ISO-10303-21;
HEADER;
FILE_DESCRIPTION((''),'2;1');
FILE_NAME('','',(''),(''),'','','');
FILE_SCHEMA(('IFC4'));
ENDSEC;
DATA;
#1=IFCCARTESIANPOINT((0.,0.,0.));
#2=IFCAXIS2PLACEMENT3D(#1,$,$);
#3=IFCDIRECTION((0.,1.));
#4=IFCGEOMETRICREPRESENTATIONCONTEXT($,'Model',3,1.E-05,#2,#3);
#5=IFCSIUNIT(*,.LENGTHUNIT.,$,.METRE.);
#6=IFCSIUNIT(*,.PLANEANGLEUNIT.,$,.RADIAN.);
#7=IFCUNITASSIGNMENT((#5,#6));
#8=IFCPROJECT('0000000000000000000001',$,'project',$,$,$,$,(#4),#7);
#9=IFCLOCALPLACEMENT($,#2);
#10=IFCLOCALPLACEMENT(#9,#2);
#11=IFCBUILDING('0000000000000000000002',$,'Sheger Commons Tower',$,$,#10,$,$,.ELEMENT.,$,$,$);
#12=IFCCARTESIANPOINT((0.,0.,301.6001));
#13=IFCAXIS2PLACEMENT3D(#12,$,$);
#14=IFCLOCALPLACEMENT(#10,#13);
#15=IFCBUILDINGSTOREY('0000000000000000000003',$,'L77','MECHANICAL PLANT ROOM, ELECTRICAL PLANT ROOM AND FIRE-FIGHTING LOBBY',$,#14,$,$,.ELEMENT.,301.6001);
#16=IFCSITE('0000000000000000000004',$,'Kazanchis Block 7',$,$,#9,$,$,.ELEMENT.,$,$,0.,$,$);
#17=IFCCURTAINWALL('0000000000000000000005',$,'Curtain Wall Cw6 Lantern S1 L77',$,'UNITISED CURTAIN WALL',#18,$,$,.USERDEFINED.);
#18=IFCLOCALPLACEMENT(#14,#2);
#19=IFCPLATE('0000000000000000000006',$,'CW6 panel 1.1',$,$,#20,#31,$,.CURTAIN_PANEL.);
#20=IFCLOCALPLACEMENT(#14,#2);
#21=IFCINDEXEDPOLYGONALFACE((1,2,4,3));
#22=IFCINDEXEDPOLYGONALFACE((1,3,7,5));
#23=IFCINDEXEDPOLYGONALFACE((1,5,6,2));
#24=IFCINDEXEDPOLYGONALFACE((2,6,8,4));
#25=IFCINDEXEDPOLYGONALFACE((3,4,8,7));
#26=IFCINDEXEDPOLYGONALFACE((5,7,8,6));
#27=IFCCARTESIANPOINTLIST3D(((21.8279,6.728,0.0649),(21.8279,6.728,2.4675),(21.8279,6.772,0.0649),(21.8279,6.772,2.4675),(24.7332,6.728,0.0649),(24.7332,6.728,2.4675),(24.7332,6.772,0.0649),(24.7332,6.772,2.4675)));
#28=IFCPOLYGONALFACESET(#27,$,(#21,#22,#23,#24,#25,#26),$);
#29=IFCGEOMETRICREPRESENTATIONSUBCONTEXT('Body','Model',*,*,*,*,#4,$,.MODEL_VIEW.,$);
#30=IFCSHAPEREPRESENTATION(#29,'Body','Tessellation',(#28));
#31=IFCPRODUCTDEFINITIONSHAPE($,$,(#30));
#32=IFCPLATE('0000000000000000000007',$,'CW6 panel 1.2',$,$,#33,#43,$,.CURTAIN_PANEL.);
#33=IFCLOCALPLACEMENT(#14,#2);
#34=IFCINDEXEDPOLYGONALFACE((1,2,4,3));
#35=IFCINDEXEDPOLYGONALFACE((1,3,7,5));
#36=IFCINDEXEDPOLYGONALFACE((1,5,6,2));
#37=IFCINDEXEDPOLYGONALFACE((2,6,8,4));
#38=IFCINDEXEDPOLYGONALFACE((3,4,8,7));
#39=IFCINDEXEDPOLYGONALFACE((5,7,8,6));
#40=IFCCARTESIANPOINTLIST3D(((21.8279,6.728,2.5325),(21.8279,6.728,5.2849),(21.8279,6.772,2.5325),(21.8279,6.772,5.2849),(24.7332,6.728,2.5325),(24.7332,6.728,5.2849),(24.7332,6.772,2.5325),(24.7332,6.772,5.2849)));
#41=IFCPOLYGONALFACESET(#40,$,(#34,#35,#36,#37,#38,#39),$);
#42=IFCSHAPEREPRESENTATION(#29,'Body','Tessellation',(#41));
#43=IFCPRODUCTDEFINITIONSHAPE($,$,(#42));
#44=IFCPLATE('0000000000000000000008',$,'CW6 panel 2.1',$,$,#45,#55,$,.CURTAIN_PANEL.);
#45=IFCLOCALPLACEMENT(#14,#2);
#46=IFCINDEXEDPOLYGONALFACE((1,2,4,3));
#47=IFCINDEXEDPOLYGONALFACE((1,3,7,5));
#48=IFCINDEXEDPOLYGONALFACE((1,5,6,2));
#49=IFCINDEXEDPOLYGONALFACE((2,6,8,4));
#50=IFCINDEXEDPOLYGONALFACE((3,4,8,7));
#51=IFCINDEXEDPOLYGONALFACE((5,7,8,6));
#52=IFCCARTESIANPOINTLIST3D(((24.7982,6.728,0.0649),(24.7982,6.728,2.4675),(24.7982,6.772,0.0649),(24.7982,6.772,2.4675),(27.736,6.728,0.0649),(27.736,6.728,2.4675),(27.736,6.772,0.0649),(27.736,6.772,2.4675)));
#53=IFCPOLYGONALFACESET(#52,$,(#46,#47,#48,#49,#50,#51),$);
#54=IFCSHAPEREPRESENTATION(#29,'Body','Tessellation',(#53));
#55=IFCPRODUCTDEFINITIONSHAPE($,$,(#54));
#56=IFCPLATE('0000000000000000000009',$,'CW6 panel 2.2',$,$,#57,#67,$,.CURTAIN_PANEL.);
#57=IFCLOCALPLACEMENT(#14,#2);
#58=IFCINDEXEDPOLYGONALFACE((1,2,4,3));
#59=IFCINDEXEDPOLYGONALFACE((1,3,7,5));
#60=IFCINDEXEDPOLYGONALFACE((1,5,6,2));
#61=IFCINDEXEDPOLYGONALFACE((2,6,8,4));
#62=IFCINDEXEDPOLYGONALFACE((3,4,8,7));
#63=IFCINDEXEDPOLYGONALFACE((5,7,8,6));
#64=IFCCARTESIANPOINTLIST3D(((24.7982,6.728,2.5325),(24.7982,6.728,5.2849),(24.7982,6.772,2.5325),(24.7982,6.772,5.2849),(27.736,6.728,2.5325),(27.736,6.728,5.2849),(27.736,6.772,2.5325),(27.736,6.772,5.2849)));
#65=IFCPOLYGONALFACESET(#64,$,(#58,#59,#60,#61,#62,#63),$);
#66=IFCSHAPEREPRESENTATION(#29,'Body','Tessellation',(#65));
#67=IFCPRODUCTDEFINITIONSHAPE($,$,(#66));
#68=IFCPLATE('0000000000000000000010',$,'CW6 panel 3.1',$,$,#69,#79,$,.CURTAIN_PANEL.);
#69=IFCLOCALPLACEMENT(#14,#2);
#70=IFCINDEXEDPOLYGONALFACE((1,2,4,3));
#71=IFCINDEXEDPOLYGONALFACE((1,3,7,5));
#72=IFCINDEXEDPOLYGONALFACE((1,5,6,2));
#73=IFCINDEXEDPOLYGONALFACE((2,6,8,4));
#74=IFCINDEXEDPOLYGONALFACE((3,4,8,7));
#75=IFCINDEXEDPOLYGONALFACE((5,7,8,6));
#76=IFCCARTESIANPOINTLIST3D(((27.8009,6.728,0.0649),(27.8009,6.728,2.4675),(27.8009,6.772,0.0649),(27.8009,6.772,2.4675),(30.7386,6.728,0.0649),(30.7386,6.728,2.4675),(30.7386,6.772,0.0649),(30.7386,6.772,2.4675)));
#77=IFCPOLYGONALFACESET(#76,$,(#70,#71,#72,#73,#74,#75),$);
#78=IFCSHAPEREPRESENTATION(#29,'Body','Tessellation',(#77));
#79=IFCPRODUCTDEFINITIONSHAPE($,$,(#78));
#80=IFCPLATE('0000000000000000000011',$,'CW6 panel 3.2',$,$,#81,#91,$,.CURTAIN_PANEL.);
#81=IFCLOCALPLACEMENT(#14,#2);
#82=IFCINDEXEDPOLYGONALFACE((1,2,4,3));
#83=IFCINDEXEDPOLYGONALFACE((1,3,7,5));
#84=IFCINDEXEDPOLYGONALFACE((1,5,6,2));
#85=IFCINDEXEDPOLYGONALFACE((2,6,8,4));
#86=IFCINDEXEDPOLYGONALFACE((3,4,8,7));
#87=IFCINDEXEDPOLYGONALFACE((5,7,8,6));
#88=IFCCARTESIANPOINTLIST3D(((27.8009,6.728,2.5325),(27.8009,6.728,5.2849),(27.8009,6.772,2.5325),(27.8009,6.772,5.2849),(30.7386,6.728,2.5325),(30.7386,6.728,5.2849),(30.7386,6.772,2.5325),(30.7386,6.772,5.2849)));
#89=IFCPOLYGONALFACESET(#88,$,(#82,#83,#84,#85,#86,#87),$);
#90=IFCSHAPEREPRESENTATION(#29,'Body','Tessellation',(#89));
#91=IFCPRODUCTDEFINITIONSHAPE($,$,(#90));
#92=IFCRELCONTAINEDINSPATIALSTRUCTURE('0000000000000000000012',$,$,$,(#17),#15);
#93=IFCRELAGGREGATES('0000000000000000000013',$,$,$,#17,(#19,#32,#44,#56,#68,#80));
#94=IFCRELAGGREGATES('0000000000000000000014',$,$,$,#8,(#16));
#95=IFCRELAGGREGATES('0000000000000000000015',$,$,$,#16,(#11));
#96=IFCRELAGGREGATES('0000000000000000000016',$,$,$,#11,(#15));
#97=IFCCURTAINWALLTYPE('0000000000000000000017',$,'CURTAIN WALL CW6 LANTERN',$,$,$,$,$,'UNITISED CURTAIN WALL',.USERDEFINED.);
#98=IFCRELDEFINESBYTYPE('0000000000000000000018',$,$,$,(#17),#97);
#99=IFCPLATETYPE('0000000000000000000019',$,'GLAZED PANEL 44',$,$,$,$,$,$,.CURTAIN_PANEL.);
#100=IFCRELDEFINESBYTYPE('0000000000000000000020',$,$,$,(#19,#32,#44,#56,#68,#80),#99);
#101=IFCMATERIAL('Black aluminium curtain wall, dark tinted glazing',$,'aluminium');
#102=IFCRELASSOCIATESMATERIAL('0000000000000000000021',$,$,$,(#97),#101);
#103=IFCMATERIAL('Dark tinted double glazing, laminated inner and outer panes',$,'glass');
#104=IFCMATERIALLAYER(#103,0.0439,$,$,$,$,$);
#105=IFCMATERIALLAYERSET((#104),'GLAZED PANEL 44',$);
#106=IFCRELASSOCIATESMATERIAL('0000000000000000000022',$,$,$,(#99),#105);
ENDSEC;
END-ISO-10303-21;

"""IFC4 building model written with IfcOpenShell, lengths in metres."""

from ifc_helpers import new_model, si_unit, direction, frame, origin, origin_2d, place, context, subcontext, project, spatial, rectangle, extrude, material, layer, layer_set, type_object, element, aggregate, save


model = new_model("IFC4")

# Units and contexts
model_context = context("Model", 3, precision=1e-05, world=origin(), true_north=direction((0.0, 1.0)))
body_context = subcontext(model_context, "Body", "Model", "MODEL_VIEW")
ifc_project = project(units=[si_unit("LENGTHUNIT", "METRE"), si_unit("PLANEANGLEUNIT", "RADIAN")], contexts=[model_context])

# Site, building, storey
site_placement = place(None, origin())
site = spatial("IfcSite", under=ifc_project, at=site_placement, Name="Kazanchis Block 7", CompositionType="ELEMENT", RefElevation=0.0)
building_placement = place(site_placement, origin())
building = spatial("IfcBuilding", under=site, at=building_placement, Name="Sheger Commons Tower", CompositionType="ELEMENT")
storey_placement = place(building_placement, frame((0.0, 0.0, 301.6001)))
storey = spatial("IfcBuildingStorey", under=building, at=storey_placement, Name="L77", Description="MECHANICAL PLANT ROOM, ELECTRICAL PLANT ROOM AND FIRE-FIGHTING LOBBY", CompositionType="ELEMENT", Elevation=301.6001)

# Curtain wall, plates
ifc_material_1 = material(Name="Black aluminium curtain wall, dark tinted glazing", Category="aluminium")
curtain_wall_type = type_object("IfcCurtainWallType", Name="CURTAIN WALL CW6 LANTERN", ElementType="UNITISED CURTAIN WALL", PredefinedType="USERDEFINED", material=ifc_material_1)
curtain_wall_placement = place(storey_placement, origin())
curtain_wall = element("IfcCurtainWall", 1, at=curtain_wall_placement, inside=storey, type_object=curtain_wall_type, Name="Curtain Wall Cw6 Lantern S1 L77", ObjectType="UNITISED CURTAIN WALL", PredefinedType="USERDEFINED")
ifc_material_2 = material(Name="Dark tinted double glazing, laminated inner and outer panes", Category="glass")
ifc_layer = layer(ifc_material_2, 0.0439)
ifc_layer_set = layer_set([ifc_layer], Name="GLAZED PANEL 44")
plate_type = type_object("IfcPlateType", Name="GLAZED PANEL 44", PredefinedType="CURTAIN_PANEL", material=ifc_layer_set)
plate_1_placement = place(storey_placement, frame((23.2805, 6.75, 0.0649), z_axis=(0.0, 0.0, 1.0), x_axis=(1.0, 0.0, 0.0)))
plate_1 = element("IfcPlate", 2, at=plate_1_placement, type_object=plate_type, Name="CW6 panel 1.1", PredefinedType="CURTAIN_PANEL", context=body_context, shape_type="SweptSolid", body=[
    extrude(rectangle(XDim=2.9053, YDim=0.0439, at=origin_2d()), origin(), (0.0, 0.0, 1.0), 2.4026),
])
plate_2_placement = place(storey_placement, frame((23.2805, 6.75, 2.5325), z_axis=(0.0, 0.0, 1.0), x_axis=(1.0, 0.0, 0.0)))
plate_2 = element("IfcPlate", 3, at=plate_2_placement, type_object=plate_type, Name="CW6 panel 1.2", PredefinedType="CURTAIN_PANEL", context=body_context, shape_type="SweptSolid", body=[
    extrude(rectangle(XDim=2.9053, YDim=0.0439, at=origin_2d()), origin(), (0.0, 0.0, 1.0), 2.7524),
])
plate_3_placement = place(storey_placement, frame((26.2671, 6.75, 0.0649), z_axis=(0.0, 0.0, 1.0), x_axis=(1.0, 0.0, 0.0)))
plate_3 = element("IfcPlate", 4, at=plate_3_placement, type_object=plate_type, Name="CW6 panel 2.1", PredefinedType="CURTAIN_PANEL", context=body_context, shape_type="SweptSolid", body=[
    extrude(rectangle(XDim=2.9377, YDim=0.0439, at=origin_2d()), origin(), (0.0, 0.0, 1.0), 2.4026),
])
plate_4_placement = place(storey_placement, frame((26.2671, 6.75, 2.5325), z_axis=(0.0, 0.0, 1.0), x_axis=(1.0, 0.0, 0.0)))
plate_4 = element("IfcPlate", 5, at=plate_4_placement, type_object=plate_type, Name="CW6 panel 2.2", PredefinedType="CURTAIN_PANEL", context=body_context, shape_type="SweptSolid", body=[
    extrude(rectangle(XDim=2.9377, YDim=0.0439, at=origin_2d()), origin(), (0.0, 0.0, 1.0), 2.7524),
])
plate_5_placement = place(storey_placement, frame((29.2698, 6.75, 0.0649), z_axis=(0.0, 0.0, 1.0), x_axis=(1.0, 0.0, 0.0)))
plate_5 = element("IfcPlate", 6, at=plate_5_placement, type_object=plate_type, Name="CW6 panel 3.1", PredefinedType="CURTAIN_PANEL", context=body_context, shape_type="SweptSolid", body=[
    extrude(rectangle(XDim=2.9377, YDim=0.0439, at=origin_2d()), origin(), (0.0, 0.0, 1.0), 2.4026),
])
plate_6_placement = place(storey_placement, frame((29.2698, 6.75, 2.5325), z_axis=(0.0, 0.0, 1.0), x_axis=(1.0, 0.0, 0.0)))
plate_6 = element("IfcPlate", 7, at=plate_6_placement, type_object=plate_type, Name="CW6 panel 3.2", PredefinedType="CURTAIN_PANEL", context=body_context, shape_type="SweptSolid", body=[
    extrude(rectangle(XDim=2.9377, YDim=0.0439, at=origin_2d()), origin(), (0.0, 0.0, 1.0), 2.7524),
])
aggregate(curtain_wall, [plate_1, plate_2, plate_3, plate_4, plate_5, plate_6])

save(model, "model.ifc")
